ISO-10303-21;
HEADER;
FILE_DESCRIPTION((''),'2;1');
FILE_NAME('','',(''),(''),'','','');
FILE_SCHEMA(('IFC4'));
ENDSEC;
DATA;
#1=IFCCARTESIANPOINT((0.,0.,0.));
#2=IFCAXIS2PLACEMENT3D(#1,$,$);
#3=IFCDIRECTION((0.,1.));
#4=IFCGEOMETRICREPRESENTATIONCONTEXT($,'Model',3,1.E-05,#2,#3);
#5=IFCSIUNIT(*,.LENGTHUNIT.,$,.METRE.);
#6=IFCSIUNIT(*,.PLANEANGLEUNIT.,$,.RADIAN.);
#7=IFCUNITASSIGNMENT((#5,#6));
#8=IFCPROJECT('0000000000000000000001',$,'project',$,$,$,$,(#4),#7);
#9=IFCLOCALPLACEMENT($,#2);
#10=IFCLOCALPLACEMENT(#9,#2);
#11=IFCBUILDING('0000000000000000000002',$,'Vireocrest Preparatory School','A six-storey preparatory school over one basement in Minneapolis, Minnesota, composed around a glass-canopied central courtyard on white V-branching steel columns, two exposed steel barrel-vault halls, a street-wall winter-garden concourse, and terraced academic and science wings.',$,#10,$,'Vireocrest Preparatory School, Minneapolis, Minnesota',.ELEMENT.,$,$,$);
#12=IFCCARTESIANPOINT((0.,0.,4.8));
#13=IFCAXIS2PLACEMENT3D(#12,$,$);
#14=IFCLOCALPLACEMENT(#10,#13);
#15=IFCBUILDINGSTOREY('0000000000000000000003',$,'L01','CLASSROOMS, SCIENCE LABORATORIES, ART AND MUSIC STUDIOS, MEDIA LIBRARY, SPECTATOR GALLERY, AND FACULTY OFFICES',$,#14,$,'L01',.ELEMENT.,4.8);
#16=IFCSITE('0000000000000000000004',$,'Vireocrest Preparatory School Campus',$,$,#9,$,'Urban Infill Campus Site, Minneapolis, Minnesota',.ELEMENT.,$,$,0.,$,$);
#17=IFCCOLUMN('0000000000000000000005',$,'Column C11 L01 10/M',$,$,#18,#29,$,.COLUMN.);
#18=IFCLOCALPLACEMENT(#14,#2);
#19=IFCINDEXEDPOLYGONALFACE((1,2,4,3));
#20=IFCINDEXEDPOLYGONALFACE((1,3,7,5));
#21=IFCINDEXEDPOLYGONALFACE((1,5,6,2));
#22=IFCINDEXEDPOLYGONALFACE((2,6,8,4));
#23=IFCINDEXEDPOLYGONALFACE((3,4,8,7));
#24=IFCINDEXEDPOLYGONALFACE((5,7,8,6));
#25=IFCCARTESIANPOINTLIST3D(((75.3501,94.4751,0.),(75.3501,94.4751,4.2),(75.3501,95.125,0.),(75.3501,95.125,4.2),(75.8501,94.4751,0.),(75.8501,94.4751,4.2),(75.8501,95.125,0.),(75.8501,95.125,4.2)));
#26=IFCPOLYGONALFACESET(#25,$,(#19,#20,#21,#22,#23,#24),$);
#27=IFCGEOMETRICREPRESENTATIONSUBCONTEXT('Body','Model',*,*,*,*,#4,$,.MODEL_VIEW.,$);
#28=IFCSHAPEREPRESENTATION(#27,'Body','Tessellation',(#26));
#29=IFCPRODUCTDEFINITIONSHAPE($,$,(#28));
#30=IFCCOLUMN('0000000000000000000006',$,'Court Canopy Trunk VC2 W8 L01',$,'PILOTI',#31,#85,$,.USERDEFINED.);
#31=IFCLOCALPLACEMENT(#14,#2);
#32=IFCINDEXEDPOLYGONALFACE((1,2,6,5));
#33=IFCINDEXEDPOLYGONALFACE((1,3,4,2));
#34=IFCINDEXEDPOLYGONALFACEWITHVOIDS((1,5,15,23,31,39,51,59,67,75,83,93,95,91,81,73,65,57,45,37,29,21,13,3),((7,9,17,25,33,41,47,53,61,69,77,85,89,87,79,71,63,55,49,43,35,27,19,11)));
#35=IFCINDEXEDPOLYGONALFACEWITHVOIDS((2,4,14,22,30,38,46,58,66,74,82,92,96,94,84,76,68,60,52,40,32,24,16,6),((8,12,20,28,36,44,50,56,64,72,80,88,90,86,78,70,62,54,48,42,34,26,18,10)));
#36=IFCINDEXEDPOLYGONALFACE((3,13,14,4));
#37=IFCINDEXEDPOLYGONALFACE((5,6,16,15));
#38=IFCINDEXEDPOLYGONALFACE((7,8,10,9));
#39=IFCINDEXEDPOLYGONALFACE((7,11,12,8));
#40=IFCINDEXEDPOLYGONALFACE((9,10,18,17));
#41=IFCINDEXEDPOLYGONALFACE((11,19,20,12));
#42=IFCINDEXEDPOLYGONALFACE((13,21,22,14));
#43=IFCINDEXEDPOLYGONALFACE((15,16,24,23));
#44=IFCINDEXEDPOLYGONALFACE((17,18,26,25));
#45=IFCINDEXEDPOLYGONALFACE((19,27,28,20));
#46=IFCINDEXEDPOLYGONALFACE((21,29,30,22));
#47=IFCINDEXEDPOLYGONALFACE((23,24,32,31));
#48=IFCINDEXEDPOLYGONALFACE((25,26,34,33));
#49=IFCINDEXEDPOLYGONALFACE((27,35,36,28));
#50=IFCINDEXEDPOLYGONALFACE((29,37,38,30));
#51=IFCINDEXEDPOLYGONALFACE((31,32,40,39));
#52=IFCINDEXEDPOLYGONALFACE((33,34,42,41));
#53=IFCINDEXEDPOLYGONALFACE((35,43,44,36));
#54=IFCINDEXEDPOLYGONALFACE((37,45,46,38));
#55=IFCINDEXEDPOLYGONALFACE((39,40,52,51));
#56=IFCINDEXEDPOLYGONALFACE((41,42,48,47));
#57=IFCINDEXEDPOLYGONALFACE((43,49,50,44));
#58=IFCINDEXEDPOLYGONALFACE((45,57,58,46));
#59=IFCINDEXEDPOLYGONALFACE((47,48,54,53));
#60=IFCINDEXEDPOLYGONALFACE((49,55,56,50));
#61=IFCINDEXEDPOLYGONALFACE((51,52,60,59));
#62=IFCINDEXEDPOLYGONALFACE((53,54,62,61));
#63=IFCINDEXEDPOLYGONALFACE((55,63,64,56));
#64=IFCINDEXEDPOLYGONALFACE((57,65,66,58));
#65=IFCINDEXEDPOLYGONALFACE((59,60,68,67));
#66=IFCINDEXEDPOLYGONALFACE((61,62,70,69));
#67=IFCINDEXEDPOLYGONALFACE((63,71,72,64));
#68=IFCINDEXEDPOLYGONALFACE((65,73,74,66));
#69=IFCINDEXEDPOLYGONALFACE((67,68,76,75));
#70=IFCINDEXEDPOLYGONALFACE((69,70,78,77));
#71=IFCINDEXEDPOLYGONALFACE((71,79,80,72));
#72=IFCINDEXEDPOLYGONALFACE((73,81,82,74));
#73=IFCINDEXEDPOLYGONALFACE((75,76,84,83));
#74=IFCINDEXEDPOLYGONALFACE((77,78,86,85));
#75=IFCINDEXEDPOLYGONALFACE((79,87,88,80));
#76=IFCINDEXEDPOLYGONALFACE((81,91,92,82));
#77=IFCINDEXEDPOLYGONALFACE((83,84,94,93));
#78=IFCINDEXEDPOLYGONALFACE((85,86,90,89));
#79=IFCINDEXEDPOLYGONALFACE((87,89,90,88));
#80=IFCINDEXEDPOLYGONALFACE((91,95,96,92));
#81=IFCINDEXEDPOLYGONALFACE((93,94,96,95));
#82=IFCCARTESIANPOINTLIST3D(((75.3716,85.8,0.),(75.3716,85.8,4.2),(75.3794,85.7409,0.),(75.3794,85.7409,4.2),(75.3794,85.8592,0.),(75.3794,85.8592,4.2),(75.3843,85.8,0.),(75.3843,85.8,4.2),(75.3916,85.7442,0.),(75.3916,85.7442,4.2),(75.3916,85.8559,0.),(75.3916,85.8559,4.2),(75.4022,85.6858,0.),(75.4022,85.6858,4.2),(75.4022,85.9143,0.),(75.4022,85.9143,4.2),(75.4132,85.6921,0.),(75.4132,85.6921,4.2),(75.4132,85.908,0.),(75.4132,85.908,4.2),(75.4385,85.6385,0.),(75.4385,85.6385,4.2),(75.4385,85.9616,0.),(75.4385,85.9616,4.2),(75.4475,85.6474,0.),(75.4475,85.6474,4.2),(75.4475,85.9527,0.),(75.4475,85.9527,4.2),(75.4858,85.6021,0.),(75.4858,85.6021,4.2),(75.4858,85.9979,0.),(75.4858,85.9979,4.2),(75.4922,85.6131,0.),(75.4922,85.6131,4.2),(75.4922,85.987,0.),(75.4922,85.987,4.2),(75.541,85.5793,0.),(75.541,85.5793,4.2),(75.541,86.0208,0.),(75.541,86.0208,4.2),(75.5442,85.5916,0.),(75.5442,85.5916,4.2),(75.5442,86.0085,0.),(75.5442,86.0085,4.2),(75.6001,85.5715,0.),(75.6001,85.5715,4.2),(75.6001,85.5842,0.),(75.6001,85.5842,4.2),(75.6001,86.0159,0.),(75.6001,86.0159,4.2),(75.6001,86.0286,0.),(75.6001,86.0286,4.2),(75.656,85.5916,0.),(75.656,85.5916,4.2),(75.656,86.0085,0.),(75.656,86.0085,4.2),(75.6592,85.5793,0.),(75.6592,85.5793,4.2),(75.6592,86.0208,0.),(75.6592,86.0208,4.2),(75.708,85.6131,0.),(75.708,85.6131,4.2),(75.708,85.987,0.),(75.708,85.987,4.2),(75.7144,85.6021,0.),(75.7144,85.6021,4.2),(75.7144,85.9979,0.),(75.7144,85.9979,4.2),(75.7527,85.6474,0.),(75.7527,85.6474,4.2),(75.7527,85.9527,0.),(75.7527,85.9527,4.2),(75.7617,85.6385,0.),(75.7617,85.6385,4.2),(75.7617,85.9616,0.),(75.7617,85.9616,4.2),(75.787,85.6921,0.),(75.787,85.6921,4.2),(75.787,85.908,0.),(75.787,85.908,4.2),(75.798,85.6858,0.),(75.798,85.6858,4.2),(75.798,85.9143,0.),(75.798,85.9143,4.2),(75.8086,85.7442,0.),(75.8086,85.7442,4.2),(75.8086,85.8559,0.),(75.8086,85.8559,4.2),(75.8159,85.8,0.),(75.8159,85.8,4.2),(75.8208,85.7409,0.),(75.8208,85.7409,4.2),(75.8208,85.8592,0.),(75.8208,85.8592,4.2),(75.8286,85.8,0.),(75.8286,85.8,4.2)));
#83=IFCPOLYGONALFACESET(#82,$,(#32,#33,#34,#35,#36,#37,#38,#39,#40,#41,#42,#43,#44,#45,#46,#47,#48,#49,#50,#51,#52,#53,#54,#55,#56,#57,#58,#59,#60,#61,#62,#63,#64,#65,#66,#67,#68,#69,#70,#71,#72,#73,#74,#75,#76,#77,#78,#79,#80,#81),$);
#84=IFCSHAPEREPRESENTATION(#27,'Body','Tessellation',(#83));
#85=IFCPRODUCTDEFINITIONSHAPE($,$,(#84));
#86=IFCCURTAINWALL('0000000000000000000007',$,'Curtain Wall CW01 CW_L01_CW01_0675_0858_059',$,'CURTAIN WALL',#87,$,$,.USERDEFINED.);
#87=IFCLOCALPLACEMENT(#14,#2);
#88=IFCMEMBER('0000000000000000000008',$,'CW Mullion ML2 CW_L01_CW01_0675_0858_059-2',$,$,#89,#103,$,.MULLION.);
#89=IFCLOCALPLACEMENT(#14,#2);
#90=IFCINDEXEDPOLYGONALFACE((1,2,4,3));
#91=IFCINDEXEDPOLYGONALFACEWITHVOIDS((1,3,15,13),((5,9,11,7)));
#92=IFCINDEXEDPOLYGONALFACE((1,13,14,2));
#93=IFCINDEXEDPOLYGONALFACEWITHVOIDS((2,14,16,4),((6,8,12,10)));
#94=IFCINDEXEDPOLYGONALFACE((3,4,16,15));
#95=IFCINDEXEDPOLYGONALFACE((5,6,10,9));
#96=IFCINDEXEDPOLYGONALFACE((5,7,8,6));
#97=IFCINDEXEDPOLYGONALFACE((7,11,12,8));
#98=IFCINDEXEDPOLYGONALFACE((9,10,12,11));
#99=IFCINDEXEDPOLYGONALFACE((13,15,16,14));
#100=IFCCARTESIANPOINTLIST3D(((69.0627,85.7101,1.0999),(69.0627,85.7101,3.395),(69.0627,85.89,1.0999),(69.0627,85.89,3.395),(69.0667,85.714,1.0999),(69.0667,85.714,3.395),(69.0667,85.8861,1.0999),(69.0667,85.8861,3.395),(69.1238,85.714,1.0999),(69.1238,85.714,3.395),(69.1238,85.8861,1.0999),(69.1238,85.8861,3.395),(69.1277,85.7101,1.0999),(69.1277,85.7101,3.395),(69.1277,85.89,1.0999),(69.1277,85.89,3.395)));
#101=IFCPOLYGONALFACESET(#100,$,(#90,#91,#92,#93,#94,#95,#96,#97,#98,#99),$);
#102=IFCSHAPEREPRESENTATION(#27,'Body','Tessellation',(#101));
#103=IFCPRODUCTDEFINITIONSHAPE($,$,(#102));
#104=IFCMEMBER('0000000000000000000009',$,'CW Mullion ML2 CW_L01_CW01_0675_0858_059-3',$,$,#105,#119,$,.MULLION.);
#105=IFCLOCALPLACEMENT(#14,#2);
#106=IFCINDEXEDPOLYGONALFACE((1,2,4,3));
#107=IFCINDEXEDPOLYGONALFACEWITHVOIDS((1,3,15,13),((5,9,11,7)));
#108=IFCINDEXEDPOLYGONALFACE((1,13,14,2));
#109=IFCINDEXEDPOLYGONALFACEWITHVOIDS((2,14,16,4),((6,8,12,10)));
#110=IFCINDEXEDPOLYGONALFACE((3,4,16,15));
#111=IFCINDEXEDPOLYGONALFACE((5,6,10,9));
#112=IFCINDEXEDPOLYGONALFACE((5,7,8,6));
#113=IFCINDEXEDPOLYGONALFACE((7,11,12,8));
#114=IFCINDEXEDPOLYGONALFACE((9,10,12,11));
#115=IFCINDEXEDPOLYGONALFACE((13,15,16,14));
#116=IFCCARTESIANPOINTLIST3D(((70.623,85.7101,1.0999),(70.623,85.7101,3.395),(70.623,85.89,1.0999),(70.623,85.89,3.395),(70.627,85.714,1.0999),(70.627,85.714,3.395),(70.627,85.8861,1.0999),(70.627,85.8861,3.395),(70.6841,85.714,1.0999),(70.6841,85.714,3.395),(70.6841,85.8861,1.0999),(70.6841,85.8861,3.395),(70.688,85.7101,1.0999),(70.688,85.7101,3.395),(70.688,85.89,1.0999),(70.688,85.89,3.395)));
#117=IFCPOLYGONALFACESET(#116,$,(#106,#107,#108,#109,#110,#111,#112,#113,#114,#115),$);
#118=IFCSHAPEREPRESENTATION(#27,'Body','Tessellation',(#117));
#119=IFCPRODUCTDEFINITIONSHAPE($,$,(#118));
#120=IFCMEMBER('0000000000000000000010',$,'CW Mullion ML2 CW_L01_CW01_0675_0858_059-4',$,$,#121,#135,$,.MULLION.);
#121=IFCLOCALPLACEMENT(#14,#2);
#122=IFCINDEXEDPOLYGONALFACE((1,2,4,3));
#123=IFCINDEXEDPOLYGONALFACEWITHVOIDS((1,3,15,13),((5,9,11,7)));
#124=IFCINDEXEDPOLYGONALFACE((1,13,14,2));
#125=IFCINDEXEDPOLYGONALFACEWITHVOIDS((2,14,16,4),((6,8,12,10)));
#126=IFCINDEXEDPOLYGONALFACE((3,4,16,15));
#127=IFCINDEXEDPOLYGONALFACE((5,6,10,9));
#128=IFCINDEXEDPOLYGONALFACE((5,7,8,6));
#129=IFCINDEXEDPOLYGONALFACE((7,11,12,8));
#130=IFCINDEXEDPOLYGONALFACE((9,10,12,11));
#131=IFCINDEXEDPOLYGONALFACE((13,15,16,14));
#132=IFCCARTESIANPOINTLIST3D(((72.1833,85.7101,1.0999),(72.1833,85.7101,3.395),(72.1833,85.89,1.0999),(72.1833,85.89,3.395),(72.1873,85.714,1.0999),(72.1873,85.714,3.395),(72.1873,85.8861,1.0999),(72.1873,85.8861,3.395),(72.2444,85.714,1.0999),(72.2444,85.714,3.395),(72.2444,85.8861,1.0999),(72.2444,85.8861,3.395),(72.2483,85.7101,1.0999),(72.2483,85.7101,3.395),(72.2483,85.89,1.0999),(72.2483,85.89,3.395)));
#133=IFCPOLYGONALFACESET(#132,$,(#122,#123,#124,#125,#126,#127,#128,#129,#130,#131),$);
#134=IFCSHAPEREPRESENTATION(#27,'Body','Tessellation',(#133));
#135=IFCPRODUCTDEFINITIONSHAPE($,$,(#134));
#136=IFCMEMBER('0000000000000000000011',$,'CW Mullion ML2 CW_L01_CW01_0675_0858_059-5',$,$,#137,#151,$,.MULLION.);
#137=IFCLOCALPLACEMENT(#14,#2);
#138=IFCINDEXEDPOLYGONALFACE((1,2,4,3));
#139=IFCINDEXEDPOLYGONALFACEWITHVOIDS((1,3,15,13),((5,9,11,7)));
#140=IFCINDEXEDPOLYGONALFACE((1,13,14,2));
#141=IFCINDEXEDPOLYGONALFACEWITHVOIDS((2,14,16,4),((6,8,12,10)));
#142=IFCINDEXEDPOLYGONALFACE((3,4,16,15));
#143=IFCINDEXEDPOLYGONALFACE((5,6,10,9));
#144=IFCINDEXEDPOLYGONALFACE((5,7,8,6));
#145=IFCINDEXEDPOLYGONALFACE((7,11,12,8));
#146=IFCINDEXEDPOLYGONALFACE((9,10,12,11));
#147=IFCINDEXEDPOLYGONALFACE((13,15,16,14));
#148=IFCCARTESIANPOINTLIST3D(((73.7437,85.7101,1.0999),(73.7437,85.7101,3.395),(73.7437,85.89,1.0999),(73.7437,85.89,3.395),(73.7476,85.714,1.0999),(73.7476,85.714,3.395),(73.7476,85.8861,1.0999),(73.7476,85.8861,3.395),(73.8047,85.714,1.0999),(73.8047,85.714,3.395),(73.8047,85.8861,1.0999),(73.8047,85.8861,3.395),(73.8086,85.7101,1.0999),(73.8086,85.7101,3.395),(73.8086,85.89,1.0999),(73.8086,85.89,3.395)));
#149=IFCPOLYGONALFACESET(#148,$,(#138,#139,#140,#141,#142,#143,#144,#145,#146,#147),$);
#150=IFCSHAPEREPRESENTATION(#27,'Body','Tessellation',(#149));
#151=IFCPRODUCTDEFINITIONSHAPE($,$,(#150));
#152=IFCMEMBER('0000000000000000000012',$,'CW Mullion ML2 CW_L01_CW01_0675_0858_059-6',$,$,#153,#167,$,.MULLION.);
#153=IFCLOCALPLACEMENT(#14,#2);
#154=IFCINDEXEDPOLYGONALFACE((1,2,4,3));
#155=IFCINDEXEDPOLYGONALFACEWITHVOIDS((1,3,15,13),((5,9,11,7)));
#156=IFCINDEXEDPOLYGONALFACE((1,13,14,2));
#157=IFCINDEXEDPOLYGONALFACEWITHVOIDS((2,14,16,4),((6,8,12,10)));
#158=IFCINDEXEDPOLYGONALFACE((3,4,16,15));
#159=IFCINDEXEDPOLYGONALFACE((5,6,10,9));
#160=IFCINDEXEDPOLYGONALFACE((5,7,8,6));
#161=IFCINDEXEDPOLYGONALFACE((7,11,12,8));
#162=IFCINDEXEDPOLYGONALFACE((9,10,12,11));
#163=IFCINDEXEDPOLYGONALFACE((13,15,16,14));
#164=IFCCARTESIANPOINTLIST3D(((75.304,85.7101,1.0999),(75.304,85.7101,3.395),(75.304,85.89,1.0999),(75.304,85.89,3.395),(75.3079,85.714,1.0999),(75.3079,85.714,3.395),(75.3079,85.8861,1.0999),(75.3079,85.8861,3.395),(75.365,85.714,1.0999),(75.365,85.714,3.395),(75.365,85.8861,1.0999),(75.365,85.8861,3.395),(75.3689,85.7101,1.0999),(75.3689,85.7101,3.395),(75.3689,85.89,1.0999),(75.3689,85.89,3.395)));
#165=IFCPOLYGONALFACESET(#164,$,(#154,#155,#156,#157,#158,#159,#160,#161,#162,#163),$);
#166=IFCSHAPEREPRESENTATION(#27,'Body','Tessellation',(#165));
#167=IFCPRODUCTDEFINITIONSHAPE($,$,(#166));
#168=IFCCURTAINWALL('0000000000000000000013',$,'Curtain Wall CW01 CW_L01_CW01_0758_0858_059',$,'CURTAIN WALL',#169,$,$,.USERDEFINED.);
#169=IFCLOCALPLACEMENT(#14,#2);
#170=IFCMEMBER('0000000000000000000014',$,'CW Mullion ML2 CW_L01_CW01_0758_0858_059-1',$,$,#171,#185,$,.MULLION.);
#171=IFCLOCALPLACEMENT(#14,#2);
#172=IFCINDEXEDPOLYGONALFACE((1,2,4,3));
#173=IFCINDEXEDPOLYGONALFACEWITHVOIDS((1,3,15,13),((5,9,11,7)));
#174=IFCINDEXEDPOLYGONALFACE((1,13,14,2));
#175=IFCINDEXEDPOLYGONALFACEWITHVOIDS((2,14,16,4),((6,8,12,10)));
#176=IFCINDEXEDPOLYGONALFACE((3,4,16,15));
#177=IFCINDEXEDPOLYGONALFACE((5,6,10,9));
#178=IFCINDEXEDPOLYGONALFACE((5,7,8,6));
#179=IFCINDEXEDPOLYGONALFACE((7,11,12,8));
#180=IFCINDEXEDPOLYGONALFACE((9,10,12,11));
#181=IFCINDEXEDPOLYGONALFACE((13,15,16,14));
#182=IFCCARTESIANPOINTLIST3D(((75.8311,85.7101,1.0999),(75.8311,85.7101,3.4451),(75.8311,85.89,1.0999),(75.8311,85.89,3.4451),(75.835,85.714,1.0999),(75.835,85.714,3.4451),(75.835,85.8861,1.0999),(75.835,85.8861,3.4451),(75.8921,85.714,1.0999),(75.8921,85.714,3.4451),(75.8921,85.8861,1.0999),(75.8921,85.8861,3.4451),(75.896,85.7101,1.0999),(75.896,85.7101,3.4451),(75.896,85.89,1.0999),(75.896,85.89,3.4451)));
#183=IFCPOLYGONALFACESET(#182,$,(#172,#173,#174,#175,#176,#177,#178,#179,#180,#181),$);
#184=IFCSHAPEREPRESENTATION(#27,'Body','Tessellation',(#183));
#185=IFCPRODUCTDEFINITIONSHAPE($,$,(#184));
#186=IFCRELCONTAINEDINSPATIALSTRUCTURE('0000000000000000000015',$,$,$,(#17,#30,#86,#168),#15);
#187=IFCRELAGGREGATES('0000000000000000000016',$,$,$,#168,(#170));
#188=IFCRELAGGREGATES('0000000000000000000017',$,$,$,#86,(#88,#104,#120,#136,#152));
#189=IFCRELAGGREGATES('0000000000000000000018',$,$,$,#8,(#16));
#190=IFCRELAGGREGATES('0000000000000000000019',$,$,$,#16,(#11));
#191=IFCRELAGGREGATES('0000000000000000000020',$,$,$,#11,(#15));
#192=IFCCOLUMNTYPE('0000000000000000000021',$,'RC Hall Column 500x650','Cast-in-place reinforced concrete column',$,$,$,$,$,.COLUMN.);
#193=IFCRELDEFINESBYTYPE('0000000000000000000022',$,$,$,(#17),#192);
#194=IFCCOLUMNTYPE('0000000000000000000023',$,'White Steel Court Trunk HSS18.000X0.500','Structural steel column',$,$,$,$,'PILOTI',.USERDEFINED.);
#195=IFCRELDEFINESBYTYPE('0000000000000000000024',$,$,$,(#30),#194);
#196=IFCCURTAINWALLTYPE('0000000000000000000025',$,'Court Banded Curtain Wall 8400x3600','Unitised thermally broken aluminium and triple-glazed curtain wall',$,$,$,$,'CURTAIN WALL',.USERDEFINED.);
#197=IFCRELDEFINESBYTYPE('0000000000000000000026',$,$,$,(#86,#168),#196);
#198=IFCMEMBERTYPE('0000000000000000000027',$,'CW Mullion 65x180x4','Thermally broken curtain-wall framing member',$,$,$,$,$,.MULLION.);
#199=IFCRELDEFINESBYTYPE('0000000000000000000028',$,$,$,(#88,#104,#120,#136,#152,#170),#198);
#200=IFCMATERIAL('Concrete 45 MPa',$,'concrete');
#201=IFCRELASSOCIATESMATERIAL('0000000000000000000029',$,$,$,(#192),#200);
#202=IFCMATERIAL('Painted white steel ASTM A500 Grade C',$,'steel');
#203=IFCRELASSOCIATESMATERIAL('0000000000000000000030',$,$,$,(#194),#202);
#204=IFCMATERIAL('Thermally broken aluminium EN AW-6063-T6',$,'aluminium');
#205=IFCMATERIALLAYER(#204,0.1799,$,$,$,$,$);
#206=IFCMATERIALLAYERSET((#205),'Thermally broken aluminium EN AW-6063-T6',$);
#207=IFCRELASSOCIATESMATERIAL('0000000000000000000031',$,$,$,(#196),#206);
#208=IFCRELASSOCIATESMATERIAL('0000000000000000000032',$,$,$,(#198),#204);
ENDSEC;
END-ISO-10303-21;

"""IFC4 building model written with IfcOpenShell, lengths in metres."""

from ifc_helpers import new_model, si_unit, direction, frame, origin, origin_2d, place, context, subcontext, project, spatial, rectangle, hollow_rectangle, hollow_circle, extrude, material, layer, layer_set, material_profile, profile_set, type_object, element, aggregate, save


model = new_model("IFC4")

# Units and contexts
model_context = context("Model", 3, precision=1e-05, world=origin(), true_north=direction((0.0, 1.0)))
body_context = subcontext(model_context, "Body", "Model", "MODEL_VIEW")
ifc_project = project(units=[si_unit("LENGTHUNIT", "METRE"), si_unit("PLANEANGLEUNIT", "RADIAN")], contexts=[model_context])

# Site, building, storey
site_placement = place(None, origin())
site = spatial("IfcSite", under=ifc_project, at=site_placement, Name="Vireocrest Preparatory School Campus", LongName="Urban Infill Campus Site, Minneapolis, Minnesota", CompositionType="ELEMENT", RefElevation=0.0)
building_placement = place(site_placement, origin())
building = spatial("IfcBuilding", under=site, at=building_placement, Name="Vireocrest Preparatory School", Description="A six-storey preparatory school over one basement in Minneapolis, Minnesota, composed around a glass-canopied central courtyard on white V-branching steel columns, two exposed steel barrel-vault halls, a street-wall winter-garden concourse, and terraced academic and science wings.", LongName="Vireocrest Preparatory School, Minneapolis, Minnesota", CompositionType="ELEMENT")
storey_placement = place(building_placement, frame((0.0, 0.0, 4.8)))
storey = spatial("IfcBuildingStorey", under=building, at=storey_placement, Name="L01", Description="CLASSROOMS, SCIENCE LABORATORIES, ART AND MUSIC STUDIOS, MEDIA LIBRARY, SPECTATOR GALLERY, AND FACULTY OFFICES", LongName="L01", CompositionType="ELEMENT", Elevation=4.8)

# Columns
ifc_material_1 = material(Name="Concrete 45 MPa", Category="concrete")
ifc_material_profile_1 = material_profile(ifc_material_1, rectangle(XDim=0.5, YDim=0.6499, at=origin_2d()), Name="RC 500x650")
ifc_profile_set_1 = profile_set([ifc_material_profile_1], Name="Concrete 45 MPa")
column_type_1 = type_object("IfcColumnType", Name="RC Hall Column 500x650", Description="Cast-in-place reinforced concrete column", PredefinedType="COLUMN", material=ifc_profile_set_1)
column_1_placement = place(storey_placement, frame((75.6001, 94.8, 0.0), z_axis=(0.0, 0.0, 1.0), x_axis=(1.0, 0.0, 0.0)))
element("IfcColumn", 1, at=column_1_placement, inside=storey, type_object=column_type_1, Name="Column C11 L01 10/M", PredefinedType="COLUMN", context=body_context, shape_type="SweptSolid", body=[
    extrude(rectangle(XDim=0.5, YDim=0.6499, at=origin_2d()), origin(), (0.0, 0.0, 1.0), 4.2),
])
ifc_material_2 = material(Name="Painted white steel ASTM A500 Grade C", Category="steel")
ifc_material_profile_2 = material_profile(ifc_material_2, hollow_circle(Radius=0.2285, WallThickness=0.0127, at=origin_2d()), Name="HSS18.000X0.500")
ifc_profile_set_2 = profile_set([ifc_material_profile_2], Name="Painted white steel ASTM A500 Grade C")
column_type_2 = type_object("IfcColumnType", Name="White Steel Court Trunk HSS18.000X0.500", Description="Structural steel column", ElementType="PILOTI", PredefinedType="USERDEFINED", material=ifc_profile_set_2)
column_2_placement = place(storey_placement, frame((75.6001, 85.8, 0.0), z_axis=(0.0, 0.0, 1.0), x_axis=(1.0, 0.0, 0.0)))
element("IfcColumn", 2, at=column_2_placement, inside=storey, type_object=column_type_2, Name="Court Canopy Trunk VC2 W8 L01", ObjectType="PILOTI", PredefinedType="USERDEFINED", context=body_context, shape_type="SweptSolid", body=[
    extrude(hollow_circle(Radius=0.2285, WallThickness=0.0127, at=origin_2d()), origin(), (0.0, 0.0, 1.0), 4.2),
])

# Curtain wall, members
ifc_material_3 = material(Name="Thermally broken aluminium EN AW-6063-T6", Category="aluminium")
ifc_layer_1 = layer(ifc_material_3, 0.1799)
ifc_layer_set_1 = layer_set([ifc_layer_1], Name="Thermally broken aluminium EN AW-6063-T6")
curtain_wall_type = type_object("IfcCurtainWallType", Name="Court Banded Curtain Wall 8400x3600", Description="Unitised thermally broken aluminium and triple-glazed curtain wall", ElementType="CURTAIN WALL", PredefinedType="USERDEFINED", material=ifc_layer_set_1)
curtain_wall_1_placement = place(storey_placement, origin())
curtain_wall_1 = element("IfcCurtainWall", 3, at=curtain_wall_1_placement, inside=storey, type_object=curtain_wall_type, Name="Curtain Wall CW01 CW_L01_CW01_0675_0858_059", ObjectType="CURTAIN WALL", PredefinedType="USERDEFINED")
ifc_material_profile_3 = material_profile(ifc_material_3, hollow_rectangle(XDim=0.0649, YDim=0.1799, WallThickness=0.0039, at=origin_2d()), Name="ALU 65x180x4")
ifc_profile_set_3 = profile_set([ifc_material_profile_3], Name="Thermally broken aluminium EN AW-6063-T6")
member_type_1 = type_object("IfcMemberType", Name="CW Mullion 65x180x4", Description="Thermally broken curtain-wall framing member", PredefinedType="MULLION", material=ifc_profile_set_3)
member_1_placement = place(storey_placement, frame((69.0952, 85.8, 1.0999), z_axis=(0.0, 0.0, 1.0), x_axis=(1.0, 0.0, 0.0)))
member_1 = element("IfcMember", 4, at=member_1_placement, type_object=member_type_1, Name="CW Mullion ML2 CW_L01_CW01_0675_0858_059-2", PredefinedType="MULLION", context=body_context, shape_type="SweptSolid", body=[
    extrude(hollow_rectangle(XDim=0.0649, YDim=0.1799, WallThickness=0.0039, at=origin_2d()), origin(), (0.0, 0.0, 1.0), 2.2952),
])
member_2_placement = place(storey_placement, frame((70.6555, 85.8, 1.0999), z_axis=(0.0, 0.0, 1.0), x_axis=(1.0, 0.0, 0.0)))
member_2 = element("IfcMember", 5, at=member_2_placement, type_object=member_type_1, Name="CW Mullion ML2 CW_L01_CW01_0675_0858_059-3", PredefinedType="MULLION", context=body_context, shape_type="SweptSolid", body=[
    extrude(hollow_rectangle(XDim=0.0649, YDim=0.1799, WallThickness=0.0039, at=origin_2d()), origin(), (0.0, 0.0, 1.0), 2.2952),
])
member_3_placement = place(storey_placement, frame((72.2158, 85.8, 1.0999), z_axis=(0.0, 0.0, 1.0), x_axis=(1.0, 0.0, 0.0)))
member_3 = element("IfcMember", 6, at=member_3_placement, type_object=member_type_1, Name="CW Mullion ML2 CW_L01_CW01_0675_0858_059-4", PredefinedType="MULLION", context=body_context, shape_type="SweptSolid", body=[
    extrude(hollow_rectangle(XDim=0.0649, YDim=0.1799, WallThickness=0.0039, at=origin_2d()), origin(), (0.0, 0.0, 1.0), 2.2952),
])
member_4_placement = place(storey_placement, frame((73.7761, 85.8, 1.0999), z_axis=(0.0, 0.0, 1.0), x_axis=(1.0, 0.0, 0.0)))
member_4 = element("IfcMember", 7, at=member_4_placement, type_object=member_type_1, Name="CW Mullion ML2 CW_L01_CW01_0675_0858_059-5", PredefinedType="MULLION", context=body_context, shape_type="SweptSolid", body=[
    extrude(hollow_rectangle(XDim=0.0649, YDim=0.1799, WallThickness=0.0039, at=origin_2d()), origin(), (0.0, 0.0, 1.0), 2.2952),
])
member_5_placement = place(storey_placement, frame((75.3364, 85.8, 1.0999), z_axis=(0.0, 0.0, 1.0), x_axis=(1.0, 0.0, 0.0)))
member_5 = element("IfcMember", 8, at=member_5_placement, type_object=member_type_1, Name="CW Mullion ML2 CW_L01_CW01_0675_0858_059-6", PredefinedType="MULLION", context=body_context, shape_type="SweptSolid", body=[
    extrude(hollow_rectangle(XDim=0.0649, YDim=0.1799, WallThickness=0.0039, at=origin_2d()), origin(), (0.0, 0.0, 1.0), 2.2952),
])

# Curtain wall, member
curtain_wall_2_placement = place(storey_placement, origin())
curtain_wall_2 = element("IfcCurtainWall", 9, at=curtain_wall_2_placement, inside=storey, type_object=curtain_wall_type, Name="Curtain Wall CW01 CW_L01_CW01_0758_0858_059", ObjectType="CURTAIN WALL", PredefinedType="USERDEFINED")
member_6_placement = place(storey_placement, frame((75.8635, 85.8, 1.0999), z_axis=(0.0, 0.0, 1.0), x_axis=(1.0, 0.0, 0.0)))
member_6 = element("IfcMember", 10, at=member_6_placement, type_object=member_type_1, Name="CW Mullion ML2 CW_L01_CW01_0758_0858_059-1", PredefinedType="MULLION", context=body_context, shape_type="SweptSolid", body=[
    extrude(hollow_rectangle(XDim=0.0649, YDim=0.1799, WallThickness=0.0039, at=origin_2d()), origin(), (0.0, 0.0, 1.0), 2.3452),
])

aggregate(curtain_wall_2, [member_6])

aggregate(curtain_wall_1, [member_1, member_2, member_3, member_4, member_5])

save(model, "model.ifc")
